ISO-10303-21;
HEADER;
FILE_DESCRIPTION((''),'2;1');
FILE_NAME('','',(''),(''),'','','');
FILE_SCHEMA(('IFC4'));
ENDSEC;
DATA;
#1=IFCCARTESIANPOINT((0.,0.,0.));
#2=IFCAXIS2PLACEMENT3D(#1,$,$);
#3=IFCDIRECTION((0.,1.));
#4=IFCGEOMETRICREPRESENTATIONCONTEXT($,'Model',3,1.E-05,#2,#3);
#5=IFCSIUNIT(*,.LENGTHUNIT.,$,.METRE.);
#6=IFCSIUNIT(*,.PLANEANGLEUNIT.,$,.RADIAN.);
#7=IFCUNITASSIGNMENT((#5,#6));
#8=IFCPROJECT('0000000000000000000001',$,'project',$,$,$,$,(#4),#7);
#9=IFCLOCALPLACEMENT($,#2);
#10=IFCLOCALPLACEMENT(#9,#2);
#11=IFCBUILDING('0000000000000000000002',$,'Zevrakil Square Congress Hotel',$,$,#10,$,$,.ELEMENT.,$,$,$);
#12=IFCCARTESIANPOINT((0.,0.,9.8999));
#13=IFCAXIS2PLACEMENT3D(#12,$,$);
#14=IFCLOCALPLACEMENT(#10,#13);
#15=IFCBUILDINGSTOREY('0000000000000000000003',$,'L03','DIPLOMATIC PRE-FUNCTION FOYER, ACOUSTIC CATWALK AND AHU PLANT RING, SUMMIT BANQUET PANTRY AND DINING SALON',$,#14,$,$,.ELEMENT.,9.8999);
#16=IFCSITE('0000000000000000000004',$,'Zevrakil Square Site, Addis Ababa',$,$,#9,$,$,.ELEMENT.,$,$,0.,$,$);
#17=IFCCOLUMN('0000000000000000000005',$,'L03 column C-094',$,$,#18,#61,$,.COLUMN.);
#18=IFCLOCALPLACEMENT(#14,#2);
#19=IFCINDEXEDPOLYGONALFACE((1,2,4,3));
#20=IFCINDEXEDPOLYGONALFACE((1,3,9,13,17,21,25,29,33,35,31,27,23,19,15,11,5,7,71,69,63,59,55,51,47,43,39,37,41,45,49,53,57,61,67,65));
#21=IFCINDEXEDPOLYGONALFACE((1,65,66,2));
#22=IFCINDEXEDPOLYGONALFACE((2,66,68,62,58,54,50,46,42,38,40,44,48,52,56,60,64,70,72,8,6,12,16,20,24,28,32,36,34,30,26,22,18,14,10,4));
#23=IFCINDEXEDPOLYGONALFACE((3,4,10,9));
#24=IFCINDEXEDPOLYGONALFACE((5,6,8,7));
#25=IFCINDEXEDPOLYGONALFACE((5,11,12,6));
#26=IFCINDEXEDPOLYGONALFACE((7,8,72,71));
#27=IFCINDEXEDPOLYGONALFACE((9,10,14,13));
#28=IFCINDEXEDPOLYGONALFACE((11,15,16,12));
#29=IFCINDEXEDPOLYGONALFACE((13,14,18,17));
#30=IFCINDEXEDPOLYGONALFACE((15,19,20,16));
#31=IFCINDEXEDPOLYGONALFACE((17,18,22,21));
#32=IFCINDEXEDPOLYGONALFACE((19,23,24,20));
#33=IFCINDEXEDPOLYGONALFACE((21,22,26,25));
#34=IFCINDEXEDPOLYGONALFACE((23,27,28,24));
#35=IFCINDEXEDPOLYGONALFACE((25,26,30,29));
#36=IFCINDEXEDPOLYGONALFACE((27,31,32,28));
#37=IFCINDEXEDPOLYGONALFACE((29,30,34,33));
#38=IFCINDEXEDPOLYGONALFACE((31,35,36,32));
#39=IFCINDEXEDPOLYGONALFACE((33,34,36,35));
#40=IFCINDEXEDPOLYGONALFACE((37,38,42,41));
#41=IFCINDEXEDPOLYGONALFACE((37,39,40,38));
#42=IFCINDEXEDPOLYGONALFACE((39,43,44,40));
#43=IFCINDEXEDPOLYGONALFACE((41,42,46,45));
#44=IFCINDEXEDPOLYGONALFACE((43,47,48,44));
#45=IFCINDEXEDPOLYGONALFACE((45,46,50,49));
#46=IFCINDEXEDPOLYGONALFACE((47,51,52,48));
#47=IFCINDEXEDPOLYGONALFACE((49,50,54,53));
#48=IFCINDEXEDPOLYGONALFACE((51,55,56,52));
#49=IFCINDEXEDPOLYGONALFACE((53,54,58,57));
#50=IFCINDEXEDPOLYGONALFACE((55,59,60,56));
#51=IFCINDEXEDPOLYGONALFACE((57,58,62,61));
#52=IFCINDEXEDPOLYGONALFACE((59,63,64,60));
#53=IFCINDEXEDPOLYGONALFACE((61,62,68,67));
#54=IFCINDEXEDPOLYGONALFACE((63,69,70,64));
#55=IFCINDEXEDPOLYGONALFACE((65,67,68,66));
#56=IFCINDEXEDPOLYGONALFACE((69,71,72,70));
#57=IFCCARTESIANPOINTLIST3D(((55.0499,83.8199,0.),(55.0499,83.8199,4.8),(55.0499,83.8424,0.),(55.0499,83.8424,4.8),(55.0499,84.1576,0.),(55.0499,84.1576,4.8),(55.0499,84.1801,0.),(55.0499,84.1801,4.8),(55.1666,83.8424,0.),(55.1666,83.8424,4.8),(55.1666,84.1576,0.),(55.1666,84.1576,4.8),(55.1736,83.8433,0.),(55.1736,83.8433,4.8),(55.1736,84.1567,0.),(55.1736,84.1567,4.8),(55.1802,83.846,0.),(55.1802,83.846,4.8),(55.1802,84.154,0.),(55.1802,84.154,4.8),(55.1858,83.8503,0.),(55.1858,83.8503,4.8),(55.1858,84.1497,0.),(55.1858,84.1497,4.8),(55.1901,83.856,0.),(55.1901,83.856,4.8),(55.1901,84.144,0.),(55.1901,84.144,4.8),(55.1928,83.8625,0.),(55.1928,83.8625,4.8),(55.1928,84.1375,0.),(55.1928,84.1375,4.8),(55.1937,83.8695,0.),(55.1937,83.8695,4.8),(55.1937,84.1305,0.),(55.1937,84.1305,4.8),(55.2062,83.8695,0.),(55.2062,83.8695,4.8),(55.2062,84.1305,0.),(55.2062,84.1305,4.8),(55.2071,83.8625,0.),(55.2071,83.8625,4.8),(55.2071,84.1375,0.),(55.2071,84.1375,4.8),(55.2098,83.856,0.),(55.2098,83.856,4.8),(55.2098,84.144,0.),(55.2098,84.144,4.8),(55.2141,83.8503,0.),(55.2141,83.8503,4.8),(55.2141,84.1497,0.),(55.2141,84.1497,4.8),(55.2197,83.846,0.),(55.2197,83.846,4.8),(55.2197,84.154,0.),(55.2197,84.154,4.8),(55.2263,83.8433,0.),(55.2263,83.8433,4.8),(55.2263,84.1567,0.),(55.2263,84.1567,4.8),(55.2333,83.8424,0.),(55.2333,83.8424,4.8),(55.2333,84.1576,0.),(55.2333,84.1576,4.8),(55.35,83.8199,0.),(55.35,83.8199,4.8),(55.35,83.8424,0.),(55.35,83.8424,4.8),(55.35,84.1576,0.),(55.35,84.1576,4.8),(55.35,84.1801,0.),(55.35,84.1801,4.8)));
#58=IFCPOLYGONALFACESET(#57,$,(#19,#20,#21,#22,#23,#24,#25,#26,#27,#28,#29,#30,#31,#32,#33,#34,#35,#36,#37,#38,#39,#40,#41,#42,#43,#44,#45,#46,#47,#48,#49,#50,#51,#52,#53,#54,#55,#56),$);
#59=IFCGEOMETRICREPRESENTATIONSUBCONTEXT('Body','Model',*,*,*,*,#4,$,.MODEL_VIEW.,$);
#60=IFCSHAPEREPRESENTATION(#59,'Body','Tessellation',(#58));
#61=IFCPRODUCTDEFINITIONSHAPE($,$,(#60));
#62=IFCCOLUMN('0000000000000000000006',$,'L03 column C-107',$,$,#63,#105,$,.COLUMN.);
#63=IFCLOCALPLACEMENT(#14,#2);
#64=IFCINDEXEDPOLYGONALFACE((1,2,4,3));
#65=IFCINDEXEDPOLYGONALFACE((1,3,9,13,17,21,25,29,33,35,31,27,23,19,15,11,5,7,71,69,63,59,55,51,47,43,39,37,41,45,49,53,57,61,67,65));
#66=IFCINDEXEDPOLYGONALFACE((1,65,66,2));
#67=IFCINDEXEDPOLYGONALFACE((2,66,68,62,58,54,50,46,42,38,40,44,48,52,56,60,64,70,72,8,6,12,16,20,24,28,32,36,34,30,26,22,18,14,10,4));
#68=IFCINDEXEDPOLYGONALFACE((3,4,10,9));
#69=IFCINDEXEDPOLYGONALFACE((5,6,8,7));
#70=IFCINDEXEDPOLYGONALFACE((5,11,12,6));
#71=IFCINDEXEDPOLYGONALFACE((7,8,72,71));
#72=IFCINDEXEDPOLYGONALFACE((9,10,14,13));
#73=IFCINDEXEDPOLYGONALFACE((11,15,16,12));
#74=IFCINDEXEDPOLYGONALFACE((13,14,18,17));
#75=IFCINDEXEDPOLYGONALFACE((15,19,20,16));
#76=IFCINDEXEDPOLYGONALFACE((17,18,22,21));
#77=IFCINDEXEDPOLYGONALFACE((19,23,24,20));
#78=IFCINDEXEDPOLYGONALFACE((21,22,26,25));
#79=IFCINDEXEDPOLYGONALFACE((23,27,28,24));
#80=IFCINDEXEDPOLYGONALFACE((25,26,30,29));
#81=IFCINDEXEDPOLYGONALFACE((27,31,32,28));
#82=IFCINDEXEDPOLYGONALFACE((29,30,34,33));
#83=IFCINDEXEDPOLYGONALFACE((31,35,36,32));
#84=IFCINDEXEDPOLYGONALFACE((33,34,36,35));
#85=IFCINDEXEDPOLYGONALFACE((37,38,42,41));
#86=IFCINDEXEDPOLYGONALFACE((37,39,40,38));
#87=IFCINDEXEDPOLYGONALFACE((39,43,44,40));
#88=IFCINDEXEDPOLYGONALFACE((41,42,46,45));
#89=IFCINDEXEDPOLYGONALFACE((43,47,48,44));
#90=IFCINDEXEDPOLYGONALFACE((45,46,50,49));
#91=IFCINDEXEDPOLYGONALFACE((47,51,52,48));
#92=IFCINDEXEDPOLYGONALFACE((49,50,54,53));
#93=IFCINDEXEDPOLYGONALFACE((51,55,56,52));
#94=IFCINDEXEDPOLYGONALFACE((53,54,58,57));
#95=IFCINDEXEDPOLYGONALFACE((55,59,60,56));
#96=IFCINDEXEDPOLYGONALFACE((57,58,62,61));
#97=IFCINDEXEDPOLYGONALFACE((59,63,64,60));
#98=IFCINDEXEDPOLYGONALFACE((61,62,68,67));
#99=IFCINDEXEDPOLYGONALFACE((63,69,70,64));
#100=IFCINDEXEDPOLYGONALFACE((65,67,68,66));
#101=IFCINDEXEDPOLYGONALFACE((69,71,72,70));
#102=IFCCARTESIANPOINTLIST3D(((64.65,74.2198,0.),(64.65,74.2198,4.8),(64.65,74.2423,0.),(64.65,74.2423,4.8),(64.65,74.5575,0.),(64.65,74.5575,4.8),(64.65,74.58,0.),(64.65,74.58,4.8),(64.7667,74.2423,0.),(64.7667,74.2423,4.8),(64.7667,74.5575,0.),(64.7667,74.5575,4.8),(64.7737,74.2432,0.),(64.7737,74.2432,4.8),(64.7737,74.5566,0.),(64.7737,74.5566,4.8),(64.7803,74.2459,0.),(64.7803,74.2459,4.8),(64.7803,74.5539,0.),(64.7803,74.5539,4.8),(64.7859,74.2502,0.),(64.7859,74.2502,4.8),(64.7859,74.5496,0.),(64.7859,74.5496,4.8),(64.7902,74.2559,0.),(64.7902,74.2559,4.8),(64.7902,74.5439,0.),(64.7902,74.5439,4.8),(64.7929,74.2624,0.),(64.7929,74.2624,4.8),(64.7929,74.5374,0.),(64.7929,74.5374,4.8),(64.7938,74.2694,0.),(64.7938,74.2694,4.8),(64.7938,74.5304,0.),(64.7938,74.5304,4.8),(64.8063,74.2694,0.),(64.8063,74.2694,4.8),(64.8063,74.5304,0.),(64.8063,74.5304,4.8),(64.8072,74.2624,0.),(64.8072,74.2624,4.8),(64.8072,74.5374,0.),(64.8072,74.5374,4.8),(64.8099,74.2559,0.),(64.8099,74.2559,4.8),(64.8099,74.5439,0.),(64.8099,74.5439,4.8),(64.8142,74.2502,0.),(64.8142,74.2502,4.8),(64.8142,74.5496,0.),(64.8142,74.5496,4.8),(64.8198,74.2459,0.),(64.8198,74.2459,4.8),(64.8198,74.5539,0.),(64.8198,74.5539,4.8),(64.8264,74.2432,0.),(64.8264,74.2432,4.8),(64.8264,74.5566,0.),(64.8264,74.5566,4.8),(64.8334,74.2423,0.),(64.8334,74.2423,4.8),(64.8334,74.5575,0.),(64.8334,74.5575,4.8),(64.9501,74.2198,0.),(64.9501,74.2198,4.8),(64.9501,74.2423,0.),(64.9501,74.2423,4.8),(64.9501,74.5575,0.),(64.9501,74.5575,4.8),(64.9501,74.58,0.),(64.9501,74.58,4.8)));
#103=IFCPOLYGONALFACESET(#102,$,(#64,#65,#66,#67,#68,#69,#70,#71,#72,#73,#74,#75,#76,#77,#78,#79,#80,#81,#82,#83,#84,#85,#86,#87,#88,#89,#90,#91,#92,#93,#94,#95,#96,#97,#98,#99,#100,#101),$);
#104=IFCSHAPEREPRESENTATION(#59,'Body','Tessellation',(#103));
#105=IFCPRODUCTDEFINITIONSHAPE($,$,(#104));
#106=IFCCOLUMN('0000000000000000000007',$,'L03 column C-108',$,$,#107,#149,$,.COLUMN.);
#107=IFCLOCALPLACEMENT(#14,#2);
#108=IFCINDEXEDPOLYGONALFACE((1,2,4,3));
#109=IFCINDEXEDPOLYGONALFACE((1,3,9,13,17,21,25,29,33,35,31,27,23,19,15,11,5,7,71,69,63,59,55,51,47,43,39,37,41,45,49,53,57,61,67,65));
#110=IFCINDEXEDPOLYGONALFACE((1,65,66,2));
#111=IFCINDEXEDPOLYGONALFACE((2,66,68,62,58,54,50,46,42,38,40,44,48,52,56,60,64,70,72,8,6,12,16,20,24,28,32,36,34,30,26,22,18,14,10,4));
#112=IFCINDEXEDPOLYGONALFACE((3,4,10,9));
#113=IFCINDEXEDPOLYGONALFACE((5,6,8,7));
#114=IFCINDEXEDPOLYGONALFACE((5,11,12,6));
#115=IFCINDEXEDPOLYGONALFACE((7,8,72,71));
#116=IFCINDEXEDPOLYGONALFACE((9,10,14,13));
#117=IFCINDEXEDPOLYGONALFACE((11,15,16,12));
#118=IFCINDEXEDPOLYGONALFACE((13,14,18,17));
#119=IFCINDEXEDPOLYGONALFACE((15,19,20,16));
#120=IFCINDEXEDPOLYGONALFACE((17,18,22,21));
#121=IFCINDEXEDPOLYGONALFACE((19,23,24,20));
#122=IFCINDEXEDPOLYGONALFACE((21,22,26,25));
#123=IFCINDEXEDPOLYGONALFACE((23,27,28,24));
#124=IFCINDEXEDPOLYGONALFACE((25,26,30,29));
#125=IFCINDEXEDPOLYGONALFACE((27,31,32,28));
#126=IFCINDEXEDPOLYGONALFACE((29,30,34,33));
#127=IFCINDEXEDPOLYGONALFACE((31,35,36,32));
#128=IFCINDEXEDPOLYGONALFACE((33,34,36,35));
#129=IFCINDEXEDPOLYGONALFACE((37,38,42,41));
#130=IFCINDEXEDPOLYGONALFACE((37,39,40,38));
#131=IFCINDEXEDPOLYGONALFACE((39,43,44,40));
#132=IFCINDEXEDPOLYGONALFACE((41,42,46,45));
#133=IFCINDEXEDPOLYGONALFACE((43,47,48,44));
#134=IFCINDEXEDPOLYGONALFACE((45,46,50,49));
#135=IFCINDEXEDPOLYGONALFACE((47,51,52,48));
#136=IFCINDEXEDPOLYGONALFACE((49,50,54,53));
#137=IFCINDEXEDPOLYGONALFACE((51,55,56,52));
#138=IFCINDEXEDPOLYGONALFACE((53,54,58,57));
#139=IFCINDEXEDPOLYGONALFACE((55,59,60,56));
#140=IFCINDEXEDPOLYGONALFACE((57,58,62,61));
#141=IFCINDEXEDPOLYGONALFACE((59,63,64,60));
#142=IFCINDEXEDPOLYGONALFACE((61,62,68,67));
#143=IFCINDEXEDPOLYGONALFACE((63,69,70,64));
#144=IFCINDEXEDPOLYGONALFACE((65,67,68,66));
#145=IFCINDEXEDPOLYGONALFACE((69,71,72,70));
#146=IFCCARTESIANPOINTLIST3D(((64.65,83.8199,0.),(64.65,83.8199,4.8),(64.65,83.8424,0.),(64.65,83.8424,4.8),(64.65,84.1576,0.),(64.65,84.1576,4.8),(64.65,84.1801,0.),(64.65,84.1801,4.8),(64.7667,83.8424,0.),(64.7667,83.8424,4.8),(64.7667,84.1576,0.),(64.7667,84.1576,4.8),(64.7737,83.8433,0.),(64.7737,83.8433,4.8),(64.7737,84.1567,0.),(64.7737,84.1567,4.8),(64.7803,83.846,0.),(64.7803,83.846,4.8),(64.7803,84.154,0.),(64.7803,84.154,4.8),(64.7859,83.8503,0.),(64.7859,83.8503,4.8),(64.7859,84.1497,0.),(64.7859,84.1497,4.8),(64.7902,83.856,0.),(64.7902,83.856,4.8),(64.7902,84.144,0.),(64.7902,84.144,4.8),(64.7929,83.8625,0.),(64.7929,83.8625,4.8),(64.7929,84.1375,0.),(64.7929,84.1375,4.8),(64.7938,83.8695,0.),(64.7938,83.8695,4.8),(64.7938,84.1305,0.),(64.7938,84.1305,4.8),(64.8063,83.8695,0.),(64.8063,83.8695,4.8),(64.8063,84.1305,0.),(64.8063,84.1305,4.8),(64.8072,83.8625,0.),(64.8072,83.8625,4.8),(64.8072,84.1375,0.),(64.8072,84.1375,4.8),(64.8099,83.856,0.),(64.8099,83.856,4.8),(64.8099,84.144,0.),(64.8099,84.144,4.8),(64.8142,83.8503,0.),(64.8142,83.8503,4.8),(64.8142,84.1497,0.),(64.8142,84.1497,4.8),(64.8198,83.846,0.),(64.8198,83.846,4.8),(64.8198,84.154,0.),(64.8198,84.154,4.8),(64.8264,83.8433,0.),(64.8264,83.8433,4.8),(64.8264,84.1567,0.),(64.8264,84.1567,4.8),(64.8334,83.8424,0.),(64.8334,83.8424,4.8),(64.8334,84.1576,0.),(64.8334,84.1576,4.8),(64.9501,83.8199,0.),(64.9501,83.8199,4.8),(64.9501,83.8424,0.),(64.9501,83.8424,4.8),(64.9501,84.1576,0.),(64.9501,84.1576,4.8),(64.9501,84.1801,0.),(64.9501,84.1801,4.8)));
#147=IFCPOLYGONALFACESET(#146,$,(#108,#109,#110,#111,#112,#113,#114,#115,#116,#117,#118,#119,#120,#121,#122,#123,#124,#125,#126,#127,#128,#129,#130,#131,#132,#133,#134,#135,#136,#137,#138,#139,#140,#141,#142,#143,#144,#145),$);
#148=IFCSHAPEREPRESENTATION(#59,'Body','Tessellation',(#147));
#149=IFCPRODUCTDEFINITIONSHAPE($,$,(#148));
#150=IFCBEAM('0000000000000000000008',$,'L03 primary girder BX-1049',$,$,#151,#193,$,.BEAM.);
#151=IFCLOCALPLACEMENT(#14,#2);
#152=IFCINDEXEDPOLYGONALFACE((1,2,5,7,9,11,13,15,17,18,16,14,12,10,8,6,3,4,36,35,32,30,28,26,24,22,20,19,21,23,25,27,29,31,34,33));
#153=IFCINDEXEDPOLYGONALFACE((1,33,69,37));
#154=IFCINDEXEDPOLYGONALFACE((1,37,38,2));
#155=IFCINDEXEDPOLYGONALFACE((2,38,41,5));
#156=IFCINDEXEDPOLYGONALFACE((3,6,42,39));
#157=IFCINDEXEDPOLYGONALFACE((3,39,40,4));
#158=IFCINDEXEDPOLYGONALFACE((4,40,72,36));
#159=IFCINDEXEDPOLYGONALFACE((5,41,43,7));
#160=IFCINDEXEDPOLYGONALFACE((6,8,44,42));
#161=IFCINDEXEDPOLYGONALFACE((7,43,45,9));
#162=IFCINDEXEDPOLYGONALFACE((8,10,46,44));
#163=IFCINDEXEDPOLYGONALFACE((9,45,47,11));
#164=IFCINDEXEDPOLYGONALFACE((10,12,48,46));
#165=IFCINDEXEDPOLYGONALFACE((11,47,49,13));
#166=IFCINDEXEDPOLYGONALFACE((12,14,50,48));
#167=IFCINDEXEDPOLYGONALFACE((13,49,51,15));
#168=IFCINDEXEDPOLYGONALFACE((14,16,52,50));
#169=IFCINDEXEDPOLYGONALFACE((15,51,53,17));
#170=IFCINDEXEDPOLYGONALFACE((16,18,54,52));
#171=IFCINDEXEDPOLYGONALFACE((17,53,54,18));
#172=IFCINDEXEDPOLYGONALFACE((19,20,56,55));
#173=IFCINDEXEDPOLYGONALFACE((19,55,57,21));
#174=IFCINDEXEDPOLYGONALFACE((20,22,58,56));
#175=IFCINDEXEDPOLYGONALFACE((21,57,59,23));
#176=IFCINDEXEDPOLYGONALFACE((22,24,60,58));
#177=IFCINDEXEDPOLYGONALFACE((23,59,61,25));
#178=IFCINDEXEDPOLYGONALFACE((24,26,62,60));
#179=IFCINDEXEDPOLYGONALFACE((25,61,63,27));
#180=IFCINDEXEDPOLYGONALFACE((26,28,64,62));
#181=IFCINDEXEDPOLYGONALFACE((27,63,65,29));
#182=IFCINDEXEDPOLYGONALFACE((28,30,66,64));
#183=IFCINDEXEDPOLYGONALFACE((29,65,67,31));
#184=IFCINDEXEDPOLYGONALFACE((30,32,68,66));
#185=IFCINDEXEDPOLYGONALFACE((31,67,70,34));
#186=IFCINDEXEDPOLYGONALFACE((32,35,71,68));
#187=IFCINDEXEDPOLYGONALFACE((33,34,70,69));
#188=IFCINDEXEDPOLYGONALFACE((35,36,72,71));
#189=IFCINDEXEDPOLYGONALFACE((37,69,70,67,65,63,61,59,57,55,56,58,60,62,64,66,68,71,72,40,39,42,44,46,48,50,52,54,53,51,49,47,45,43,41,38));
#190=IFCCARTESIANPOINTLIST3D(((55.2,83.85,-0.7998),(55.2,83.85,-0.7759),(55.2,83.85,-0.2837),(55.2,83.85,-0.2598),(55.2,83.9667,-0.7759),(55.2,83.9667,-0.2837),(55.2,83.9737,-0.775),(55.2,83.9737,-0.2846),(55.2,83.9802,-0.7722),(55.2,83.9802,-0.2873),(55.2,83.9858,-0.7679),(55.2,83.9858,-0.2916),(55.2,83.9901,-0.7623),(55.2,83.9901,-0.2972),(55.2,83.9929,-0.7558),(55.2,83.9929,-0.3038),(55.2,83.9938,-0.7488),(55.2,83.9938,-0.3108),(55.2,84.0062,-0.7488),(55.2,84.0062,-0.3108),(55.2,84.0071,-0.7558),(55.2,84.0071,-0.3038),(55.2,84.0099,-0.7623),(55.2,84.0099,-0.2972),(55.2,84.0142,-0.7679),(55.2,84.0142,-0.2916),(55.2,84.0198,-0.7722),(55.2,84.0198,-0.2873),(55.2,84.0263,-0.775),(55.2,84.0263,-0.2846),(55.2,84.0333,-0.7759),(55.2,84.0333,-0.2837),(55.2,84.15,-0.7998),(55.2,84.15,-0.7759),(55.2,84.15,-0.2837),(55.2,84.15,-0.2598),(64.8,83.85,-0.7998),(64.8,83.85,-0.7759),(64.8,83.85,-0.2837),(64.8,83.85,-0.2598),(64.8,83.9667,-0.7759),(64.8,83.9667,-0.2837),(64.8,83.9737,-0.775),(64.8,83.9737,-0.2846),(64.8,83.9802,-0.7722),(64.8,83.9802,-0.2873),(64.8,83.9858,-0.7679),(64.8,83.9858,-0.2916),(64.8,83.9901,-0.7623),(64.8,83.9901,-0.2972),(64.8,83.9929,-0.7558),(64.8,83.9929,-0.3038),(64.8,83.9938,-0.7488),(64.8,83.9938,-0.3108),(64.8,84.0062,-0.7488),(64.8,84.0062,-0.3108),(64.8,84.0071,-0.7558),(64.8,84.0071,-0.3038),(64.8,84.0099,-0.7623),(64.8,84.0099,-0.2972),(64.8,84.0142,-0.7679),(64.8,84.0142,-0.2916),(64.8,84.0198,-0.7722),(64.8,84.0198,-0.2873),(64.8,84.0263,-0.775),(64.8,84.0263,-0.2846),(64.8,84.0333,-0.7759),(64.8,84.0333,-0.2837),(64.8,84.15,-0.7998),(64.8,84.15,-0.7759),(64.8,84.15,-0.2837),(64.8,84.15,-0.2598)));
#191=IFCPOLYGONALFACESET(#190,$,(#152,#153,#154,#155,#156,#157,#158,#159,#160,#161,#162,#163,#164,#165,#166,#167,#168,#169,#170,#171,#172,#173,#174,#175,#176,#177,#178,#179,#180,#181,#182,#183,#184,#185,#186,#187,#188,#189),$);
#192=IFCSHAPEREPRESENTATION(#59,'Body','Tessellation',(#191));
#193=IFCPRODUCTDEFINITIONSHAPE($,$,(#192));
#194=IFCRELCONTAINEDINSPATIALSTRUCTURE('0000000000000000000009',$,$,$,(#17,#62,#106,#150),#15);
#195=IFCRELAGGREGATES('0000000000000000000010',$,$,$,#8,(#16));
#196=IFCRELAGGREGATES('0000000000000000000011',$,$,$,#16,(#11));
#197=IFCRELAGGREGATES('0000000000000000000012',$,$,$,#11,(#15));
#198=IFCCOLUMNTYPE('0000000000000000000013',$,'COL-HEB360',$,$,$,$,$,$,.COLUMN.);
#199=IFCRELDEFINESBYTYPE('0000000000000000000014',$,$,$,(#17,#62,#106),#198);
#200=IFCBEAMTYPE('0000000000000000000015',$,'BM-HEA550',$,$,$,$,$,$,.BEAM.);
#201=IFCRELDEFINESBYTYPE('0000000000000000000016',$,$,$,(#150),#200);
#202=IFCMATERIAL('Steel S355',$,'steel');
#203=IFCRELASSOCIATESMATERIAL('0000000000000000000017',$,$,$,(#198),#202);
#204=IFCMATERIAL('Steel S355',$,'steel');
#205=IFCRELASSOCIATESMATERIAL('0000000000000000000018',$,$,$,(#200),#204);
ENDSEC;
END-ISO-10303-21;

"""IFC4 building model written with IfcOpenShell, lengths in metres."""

from ifc_helpers import new_model, si_unit, direction, frame, origin, origin_2d, place, context, subcontext, project, spatial, i_section, extrude, material, material_profile, profile_set, type_object, element, save


model = new_model("IFC4")

# Units and contexts
model_context = context("Model", 3, precision=1e-05, world=origin(), true_north=direction((0.0, 1.0)))
body_context = subcontext(model_context, "Body", "Model", "MODEL_VIEW")
ifc_project = project(units=[si_unit("LENGTHUNIT", "METRE"), si_unit("PLANEANGLEUNIT", "RADIAN")], contexts=[model_context])

# Site, building, storey
site_placement = place(None, origin())
site = spatial("IfcSite", under=ifc_project, at=site_placement, Name="Zevrakil Square Site, Addis Ababa", CompositionType="ELEMENT", RefElevation=0.0)
building_placement = place(site_placement, origin())
building = spatial("IfcBuilding", under=site, at=building_placement, Name="Zevrakil Square Congress Hotel", CompositionType="ELEMENT")
storey_placement = place(building_placement, frame((0.0, 0.0, 9.8999)))
storey = spatial("IfcBuildingStorey", under=building, at=storey_placement, Name="L03", Description="DIPLOMATIC PRE-FUNCTION FOYER, ACOUSTIC CATWALK AND AHU PLANT RING, SUMMIT BANQUET PANTRY AND DINING SALON", CompositionType="ELEMENT", Elevation=9.8999)

# Columns
ifc_material_1 = material(Name="Steel S355", Category="steel")
ifc_material_profile_1 = material_profile(ifc_material_1, i_section(OverallWidth=0.3, OverallDepth=0.3601, WebThickness=0.0125, FlangeThickness=0.0225, FilletRadius=0.0271, at=origin_2d()), Name="HEB 360")
ifc_profile_set_1 = profile_set([ifc_material_profile_1], Name="Steel S355")
column_type = type_object("IfcColumnType", Name="COL-HEB360", PredefinedType="COLUMN", material=ifc_profile_set_1)
for number, where, z_axis, x_axis, name in (
    (1, (55.2, 84.0, 0.0), (0.0, 0.0, 1.0), (1.0, 0.0, 0.0), "L03 column C-094"),
    (2, (64.8, 74.3999, 0.0), (0.0, 0.0, 1.0), (1.0, 0.0, 0.0), "L03 column C-107"),
    (3, (64.8, 84.0, 0.0), (0.0, 0.0, 1.0), (1.0, 0.0, 0.0), "L03 column C-108"),
):
    element("IfcColumn", number, at=place(storey_placement, frame(where, z_axis=z_axis, x_axis=x_axis)), inside=storey, type_object=column_type, Name=name, PredefinedType="COLUMN", context=body_context, shape_type="SweptSolid", body=[
        extrude(i_section(OverallWidth=0.3, OverallDepth=0.3601, WebThickness=0.0125, FlangeThickness=0.0225, FilletRadius=0.0271, at=origin_2d()), origin(), (0.0, 0.0, 1.0), 4.8),
    ])

# Beam
ifc_material_2 = material(Name="Steel S355", Category="steel")
ifc_material_profile_2 = material_profile(ifc_material_2, i_section(OverallWidth=0.3, OverallDepth=0.54, WebThickness=0.0125, FlangeThickness=0.0239, FilletRadius=0.0271, at=origin_2d()), Name="HEA 550")
ifc_profile_set_2 = profile_set([ifc_material_profile_2], Name="Steel S355")
beam_type_1 = type_object("IfcBeamType", Name="BM-HEA550", PredefinedType="BEAM", material=ifc_profile_set_2)
beam_1_placement = place(storey_placement, frame((55.2, 84.0, -0.5298), z_axis=(1.0, 0.0, 0.0), x_axis=(0.0, 1.0, 0.0)))
element("IfcBeam", 4, at=beam_1_placement, inside=storey, type_object=beam_type_1, Name="L03 primary girder BX-1049", PredefinedType="BEAM", context=body_context, shape_type="SweptSolid", body=[
    extrude(i_section(OverallWidth=0.3, OverallDepth=0.54, WebThickness=0.0125, FlangeThickness=0.0239, FilletRadius=0.0271, at=origin_2d()), origin(), (0.0, 0.0, 1.0), 9.6001),
])

save(model, "model.ifc")
